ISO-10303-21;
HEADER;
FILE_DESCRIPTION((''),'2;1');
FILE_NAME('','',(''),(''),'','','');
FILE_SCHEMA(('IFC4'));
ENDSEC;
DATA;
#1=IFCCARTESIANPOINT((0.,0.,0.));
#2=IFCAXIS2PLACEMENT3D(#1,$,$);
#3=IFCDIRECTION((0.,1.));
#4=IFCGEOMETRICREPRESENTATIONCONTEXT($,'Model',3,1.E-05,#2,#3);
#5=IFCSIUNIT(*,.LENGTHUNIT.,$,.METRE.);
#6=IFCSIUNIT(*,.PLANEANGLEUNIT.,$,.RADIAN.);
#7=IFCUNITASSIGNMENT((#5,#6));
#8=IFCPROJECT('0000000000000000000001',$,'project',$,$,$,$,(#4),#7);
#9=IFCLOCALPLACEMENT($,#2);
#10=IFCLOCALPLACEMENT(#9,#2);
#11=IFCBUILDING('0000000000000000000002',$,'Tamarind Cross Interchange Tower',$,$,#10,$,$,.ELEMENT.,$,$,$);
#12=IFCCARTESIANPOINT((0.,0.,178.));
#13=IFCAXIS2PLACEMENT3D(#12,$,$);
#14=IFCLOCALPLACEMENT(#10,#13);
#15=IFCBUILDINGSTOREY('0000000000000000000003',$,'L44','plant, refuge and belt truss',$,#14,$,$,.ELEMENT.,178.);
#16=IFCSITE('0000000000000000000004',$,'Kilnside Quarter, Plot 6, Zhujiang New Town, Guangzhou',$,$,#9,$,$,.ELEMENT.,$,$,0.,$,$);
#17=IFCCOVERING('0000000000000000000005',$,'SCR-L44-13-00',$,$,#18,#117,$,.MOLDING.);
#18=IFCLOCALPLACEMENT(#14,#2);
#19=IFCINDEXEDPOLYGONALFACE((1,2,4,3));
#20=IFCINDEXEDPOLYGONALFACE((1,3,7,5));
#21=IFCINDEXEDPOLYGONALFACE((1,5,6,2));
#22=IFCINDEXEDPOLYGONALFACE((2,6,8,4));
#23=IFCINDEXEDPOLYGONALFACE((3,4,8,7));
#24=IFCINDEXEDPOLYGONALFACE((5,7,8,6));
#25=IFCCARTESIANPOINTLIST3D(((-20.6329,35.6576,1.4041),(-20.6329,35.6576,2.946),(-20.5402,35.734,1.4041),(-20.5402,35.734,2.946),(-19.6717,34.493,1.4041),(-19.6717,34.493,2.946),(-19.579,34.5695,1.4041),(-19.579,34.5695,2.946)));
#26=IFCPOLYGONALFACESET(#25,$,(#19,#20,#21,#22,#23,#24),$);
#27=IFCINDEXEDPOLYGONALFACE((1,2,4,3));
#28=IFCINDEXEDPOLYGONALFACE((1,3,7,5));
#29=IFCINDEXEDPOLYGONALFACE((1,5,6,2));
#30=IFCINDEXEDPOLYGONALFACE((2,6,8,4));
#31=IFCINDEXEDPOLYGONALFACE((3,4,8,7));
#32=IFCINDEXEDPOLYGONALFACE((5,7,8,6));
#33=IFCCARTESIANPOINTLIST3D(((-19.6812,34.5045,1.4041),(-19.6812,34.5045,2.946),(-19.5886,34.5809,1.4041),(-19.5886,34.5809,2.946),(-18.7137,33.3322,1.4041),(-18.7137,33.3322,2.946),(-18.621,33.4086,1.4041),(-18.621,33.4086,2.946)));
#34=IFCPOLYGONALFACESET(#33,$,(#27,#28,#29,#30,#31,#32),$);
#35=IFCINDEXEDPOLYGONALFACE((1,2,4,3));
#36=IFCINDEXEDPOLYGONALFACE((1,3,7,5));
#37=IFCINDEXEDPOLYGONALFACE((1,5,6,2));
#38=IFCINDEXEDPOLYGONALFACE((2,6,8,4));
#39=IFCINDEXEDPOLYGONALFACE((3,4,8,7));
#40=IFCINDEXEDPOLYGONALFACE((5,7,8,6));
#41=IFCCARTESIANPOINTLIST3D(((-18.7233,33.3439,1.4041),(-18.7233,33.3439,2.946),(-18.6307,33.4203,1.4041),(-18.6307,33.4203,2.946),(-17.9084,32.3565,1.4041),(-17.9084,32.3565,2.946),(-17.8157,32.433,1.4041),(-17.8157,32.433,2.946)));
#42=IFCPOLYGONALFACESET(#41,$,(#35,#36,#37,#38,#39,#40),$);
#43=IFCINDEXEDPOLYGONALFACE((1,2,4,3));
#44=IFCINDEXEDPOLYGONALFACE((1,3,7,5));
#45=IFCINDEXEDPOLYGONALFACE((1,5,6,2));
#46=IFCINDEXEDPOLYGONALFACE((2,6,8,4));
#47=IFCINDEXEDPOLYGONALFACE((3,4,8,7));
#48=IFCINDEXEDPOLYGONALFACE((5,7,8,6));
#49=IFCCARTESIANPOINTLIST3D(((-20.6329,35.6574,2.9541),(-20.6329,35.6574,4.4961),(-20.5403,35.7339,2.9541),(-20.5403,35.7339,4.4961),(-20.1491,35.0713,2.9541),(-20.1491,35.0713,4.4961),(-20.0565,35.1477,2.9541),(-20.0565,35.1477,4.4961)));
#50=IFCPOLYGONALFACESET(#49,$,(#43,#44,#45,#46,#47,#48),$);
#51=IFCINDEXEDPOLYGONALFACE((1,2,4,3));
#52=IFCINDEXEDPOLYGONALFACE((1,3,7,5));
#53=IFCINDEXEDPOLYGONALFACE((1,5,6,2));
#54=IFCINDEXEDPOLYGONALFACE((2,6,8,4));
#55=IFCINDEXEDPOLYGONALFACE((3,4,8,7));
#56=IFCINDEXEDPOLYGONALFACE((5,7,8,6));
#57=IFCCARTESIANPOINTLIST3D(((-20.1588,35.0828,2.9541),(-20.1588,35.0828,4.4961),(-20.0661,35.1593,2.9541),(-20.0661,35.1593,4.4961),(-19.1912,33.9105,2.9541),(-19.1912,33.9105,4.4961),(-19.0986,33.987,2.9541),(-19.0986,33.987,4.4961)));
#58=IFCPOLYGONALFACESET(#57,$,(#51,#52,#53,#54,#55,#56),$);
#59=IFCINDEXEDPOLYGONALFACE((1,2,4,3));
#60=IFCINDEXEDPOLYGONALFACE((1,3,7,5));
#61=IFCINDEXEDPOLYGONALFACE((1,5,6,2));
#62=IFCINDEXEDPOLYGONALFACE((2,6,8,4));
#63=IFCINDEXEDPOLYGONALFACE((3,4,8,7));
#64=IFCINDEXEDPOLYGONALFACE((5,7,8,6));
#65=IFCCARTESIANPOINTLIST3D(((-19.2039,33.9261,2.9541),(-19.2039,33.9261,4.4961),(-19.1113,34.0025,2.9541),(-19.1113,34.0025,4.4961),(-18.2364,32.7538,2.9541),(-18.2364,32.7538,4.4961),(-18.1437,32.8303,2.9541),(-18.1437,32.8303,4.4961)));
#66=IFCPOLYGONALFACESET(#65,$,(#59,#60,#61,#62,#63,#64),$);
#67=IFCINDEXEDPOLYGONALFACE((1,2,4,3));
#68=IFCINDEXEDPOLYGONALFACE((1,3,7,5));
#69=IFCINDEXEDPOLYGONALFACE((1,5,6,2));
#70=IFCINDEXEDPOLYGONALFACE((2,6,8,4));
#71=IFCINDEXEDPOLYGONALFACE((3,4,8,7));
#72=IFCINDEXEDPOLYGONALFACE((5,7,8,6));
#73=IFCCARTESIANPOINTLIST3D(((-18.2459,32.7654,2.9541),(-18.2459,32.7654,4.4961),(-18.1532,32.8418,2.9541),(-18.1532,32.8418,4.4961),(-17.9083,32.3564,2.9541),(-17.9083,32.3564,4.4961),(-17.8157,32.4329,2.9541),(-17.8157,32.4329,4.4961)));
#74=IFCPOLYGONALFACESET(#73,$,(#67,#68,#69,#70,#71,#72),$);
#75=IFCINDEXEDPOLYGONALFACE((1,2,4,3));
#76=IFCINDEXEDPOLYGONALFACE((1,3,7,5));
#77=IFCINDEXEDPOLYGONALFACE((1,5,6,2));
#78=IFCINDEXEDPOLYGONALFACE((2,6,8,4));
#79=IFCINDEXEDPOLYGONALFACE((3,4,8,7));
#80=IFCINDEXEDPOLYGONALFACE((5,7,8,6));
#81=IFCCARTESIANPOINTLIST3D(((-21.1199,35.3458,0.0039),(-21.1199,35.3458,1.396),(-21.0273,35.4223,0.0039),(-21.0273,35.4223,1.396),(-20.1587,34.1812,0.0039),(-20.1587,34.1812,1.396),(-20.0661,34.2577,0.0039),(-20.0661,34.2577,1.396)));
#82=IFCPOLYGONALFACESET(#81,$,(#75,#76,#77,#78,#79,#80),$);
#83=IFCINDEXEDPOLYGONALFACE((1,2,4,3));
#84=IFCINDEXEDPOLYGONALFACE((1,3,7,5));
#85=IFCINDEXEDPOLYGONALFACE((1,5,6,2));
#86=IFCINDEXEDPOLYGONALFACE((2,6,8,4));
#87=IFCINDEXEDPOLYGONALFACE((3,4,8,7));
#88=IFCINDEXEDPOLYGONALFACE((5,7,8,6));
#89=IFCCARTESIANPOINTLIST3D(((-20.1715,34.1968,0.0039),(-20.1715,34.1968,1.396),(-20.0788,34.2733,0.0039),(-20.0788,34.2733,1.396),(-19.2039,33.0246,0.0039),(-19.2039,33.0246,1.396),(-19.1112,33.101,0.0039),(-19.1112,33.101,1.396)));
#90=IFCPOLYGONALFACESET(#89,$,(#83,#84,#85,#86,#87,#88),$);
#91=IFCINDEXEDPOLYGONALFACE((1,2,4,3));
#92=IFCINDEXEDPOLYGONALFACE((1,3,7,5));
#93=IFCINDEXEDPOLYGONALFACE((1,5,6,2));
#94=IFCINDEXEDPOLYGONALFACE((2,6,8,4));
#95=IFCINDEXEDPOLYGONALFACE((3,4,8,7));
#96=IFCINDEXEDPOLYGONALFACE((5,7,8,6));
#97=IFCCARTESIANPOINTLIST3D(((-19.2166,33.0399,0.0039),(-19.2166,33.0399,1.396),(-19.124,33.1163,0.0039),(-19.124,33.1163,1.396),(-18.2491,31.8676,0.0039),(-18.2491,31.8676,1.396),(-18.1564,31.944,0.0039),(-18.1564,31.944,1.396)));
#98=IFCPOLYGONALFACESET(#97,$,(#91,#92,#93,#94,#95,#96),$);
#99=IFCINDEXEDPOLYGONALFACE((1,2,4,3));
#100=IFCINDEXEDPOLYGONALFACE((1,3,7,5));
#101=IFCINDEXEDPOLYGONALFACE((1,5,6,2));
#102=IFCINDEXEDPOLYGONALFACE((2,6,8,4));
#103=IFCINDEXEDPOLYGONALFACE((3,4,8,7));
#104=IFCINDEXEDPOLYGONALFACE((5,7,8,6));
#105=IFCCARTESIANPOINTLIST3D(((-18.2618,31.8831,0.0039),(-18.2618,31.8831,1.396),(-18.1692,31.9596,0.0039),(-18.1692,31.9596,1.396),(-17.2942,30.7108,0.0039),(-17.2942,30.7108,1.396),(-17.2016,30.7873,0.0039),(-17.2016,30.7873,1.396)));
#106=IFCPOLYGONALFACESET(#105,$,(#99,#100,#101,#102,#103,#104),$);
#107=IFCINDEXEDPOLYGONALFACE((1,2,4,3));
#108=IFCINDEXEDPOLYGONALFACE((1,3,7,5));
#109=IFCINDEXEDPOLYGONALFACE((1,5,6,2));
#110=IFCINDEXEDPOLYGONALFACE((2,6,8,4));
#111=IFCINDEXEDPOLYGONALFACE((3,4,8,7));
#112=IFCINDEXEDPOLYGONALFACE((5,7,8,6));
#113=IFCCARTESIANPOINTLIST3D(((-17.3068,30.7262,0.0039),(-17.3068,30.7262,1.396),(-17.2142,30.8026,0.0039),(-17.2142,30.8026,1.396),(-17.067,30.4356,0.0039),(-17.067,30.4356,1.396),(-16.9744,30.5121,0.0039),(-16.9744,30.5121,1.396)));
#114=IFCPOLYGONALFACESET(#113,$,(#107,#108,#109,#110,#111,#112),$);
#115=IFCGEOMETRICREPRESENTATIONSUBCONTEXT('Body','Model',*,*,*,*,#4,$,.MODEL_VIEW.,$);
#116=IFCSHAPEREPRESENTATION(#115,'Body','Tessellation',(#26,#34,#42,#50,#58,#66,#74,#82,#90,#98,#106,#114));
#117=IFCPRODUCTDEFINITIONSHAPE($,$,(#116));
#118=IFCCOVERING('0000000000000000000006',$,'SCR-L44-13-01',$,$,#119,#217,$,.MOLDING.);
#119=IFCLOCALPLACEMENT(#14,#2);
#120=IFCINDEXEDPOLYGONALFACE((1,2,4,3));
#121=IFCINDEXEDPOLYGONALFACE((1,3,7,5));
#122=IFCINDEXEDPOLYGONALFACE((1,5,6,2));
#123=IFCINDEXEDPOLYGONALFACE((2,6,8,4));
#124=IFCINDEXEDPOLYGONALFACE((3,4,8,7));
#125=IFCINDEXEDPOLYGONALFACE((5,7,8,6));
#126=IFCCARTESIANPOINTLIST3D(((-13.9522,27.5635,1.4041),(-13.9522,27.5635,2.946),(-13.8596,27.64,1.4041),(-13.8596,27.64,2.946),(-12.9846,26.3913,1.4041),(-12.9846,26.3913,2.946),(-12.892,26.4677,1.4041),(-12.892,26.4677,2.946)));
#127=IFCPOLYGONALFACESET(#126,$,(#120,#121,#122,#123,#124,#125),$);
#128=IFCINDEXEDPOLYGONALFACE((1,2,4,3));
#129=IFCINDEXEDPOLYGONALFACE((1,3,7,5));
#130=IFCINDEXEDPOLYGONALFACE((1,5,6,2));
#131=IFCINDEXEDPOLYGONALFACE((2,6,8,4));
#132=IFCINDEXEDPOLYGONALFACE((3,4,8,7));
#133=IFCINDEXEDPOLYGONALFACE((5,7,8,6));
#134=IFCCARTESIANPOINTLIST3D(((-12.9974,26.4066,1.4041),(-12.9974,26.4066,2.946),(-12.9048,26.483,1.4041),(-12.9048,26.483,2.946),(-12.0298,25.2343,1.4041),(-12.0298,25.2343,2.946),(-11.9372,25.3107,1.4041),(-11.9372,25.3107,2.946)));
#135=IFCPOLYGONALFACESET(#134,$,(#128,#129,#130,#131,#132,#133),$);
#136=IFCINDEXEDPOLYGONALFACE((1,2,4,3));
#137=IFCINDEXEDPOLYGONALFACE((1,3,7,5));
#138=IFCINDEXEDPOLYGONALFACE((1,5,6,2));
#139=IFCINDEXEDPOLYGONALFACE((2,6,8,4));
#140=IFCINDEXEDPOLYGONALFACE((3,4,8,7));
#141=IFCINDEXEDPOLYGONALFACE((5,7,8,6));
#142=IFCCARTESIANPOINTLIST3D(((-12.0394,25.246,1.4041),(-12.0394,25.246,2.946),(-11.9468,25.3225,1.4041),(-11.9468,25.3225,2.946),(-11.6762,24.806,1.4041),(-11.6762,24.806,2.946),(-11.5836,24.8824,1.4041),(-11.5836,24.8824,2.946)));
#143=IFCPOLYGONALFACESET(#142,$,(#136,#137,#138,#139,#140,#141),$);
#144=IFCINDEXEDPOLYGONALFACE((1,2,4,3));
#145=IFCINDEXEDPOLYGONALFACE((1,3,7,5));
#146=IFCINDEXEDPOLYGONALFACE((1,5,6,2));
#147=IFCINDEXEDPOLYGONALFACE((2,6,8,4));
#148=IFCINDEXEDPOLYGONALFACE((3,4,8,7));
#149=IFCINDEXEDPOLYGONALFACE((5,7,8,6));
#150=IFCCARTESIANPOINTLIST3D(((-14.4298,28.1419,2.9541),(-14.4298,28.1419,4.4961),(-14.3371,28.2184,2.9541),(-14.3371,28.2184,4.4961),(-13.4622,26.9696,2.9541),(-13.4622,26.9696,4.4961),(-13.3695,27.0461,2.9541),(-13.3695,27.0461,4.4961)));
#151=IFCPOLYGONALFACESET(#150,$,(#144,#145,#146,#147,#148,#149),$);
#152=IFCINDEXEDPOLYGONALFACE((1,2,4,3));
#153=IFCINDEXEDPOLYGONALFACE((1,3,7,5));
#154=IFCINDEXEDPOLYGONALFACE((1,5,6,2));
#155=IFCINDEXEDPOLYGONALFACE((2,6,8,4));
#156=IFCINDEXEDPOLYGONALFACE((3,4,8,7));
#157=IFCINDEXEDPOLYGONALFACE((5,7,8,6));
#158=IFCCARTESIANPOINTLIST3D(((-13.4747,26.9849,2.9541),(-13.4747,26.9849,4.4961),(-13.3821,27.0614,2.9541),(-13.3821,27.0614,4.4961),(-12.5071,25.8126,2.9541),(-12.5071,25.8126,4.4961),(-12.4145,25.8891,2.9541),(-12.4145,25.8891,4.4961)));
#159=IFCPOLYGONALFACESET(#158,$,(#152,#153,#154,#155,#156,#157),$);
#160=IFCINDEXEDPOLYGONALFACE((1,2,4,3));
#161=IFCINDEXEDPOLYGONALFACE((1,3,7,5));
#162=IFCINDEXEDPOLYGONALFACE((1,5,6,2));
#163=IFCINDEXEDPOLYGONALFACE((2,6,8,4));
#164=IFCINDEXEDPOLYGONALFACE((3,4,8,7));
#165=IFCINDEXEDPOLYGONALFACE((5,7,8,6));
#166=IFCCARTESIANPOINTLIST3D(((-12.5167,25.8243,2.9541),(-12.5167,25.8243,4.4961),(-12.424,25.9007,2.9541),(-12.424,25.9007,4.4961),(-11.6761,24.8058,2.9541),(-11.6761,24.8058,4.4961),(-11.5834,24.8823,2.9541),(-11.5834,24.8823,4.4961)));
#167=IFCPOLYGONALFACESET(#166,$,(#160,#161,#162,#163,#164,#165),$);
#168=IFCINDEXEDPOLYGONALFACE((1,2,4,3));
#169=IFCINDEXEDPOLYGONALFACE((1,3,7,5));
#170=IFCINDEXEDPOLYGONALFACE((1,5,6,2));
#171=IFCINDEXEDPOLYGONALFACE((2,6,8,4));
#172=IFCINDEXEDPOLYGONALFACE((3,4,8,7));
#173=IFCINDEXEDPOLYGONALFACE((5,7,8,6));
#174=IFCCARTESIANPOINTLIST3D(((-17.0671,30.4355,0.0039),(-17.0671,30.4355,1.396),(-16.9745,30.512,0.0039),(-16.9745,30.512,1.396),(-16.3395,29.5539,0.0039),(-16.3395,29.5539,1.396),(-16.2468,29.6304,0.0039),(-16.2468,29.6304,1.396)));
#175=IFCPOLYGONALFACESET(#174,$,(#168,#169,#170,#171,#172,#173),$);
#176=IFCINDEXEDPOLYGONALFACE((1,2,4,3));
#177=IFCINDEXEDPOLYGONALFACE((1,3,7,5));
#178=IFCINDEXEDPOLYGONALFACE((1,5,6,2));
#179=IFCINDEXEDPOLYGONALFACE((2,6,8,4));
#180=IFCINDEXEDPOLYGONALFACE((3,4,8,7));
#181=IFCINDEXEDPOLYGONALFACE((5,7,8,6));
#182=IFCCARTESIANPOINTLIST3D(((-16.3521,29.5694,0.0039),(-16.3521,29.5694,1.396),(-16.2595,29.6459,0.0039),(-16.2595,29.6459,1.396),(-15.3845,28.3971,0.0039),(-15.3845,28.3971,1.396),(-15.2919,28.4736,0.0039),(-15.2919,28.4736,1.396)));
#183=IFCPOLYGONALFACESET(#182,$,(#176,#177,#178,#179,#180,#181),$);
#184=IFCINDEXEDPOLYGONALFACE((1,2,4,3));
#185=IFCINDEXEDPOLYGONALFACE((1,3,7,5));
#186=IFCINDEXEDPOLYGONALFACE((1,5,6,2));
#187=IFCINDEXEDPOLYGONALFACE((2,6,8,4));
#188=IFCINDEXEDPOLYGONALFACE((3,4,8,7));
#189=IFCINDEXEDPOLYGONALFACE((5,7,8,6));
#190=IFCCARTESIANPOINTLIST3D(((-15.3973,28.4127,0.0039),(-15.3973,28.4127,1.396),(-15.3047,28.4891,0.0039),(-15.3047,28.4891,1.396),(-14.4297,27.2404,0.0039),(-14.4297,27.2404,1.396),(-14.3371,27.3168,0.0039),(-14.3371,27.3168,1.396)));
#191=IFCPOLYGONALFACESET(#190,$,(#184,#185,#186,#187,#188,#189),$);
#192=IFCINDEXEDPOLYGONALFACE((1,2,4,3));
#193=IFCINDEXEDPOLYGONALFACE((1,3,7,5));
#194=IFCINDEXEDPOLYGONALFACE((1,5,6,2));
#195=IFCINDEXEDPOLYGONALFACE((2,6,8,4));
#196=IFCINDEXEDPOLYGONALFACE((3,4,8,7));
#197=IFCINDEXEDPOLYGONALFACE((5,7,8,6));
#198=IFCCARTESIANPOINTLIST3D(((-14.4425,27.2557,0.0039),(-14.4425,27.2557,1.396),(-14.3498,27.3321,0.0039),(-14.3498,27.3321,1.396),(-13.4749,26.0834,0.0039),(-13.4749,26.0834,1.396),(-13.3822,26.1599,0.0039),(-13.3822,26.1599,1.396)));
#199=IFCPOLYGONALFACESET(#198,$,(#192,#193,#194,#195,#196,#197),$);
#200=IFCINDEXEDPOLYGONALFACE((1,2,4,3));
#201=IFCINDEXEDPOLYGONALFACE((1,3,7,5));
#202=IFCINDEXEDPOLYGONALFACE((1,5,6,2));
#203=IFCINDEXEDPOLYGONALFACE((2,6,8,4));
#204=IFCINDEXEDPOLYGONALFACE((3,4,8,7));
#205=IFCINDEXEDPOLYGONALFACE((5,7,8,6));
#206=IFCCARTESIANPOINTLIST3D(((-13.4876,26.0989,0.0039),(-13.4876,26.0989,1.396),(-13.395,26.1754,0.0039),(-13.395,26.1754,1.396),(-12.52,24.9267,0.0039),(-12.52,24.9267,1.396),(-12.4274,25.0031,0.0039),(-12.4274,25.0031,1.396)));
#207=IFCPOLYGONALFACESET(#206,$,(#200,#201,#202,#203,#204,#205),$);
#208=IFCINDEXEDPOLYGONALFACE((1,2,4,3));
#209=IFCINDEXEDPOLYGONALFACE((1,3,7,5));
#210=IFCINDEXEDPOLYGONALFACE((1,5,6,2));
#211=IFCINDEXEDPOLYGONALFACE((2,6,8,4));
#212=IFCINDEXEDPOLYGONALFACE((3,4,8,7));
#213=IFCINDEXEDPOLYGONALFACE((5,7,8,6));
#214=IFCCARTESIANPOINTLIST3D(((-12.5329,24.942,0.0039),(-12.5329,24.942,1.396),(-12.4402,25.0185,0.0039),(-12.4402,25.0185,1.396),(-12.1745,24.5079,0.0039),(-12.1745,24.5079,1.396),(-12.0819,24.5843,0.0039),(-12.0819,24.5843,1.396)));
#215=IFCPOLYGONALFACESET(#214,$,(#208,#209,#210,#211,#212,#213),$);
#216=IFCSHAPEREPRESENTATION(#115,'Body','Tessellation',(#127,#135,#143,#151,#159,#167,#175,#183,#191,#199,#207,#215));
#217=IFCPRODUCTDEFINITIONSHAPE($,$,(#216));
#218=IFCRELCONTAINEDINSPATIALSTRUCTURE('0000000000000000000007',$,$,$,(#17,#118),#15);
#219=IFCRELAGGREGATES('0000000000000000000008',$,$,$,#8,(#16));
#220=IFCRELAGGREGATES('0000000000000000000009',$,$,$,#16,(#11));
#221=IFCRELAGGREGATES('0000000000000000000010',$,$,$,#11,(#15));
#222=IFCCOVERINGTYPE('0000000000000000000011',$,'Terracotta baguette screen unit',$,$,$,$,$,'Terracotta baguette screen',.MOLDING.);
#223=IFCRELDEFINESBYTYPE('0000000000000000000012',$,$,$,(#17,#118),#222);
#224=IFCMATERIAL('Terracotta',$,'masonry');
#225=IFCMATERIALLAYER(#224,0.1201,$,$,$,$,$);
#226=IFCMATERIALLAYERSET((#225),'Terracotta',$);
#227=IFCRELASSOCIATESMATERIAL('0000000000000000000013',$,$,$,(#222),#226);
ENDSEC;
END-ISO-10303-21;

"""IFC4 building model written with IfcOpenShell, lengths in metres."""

from ifc_helpers import new_model, si_unit, direction, frame, origin, origin_2d, place, context, subcontext, project, spatial, rectangle, extrude, material, layer, layer_set, type_object, element, save


model = new_model("IFC4")

# Units and contexts
model_context = context("Model", 3, precision=1e-05, world=origin(), true_north=direction((0.0, 1.0)))
body_context = subcontext(model_context, "Body", "Model", "MODEL_VIEW")
ifc_project = project(units=[si_unit("LENGTHUNIT", "METRE"), si_unit("PLANEANGLEUNIT", "RADIAN")], contexts=[model_context])

# Site, building, storey
site_placement = place(None, origin())
site = spatial("IfcSite", under=ifc_project, at=site_placement, Name="Kilnside Quarter, Plot 6, Zhujiang New Town, Guangzhou", CompositionType="ELEMENT", RefElevation=0.0)
building_placement = place(site_placement, origin())
building = spatial("IfcBuilding", under=site, at=building_placement, Name="Tamarind Cross Interchange Tower", CompositionType="ELEMENT")
storey_placement = place(building_placement, frame((0.0, 0.0, 178.0)))
storey = spatial("IfcBuildingStorey", under=building, at=storey_placement, Name="L44", Description="plant, refuge and belt truss", CompositionType="ELEMENT", Elevation=178.0)

# Coverings
ifc_material_1 = material(Name="Terracotta", Category="masonry")
ifc_layer_1 = layer(ifc_material_1, 0.1201)
ifc_layer_set_1 = layer_set([ifc_layer_1], Name="Terracotta")
covering_type = type_object("IfcCoveringType", Name="Terracotta baguette screen unit", ElementType="Terracotta baguette screen", PredefinedType="MOLDING", material=ifc_layer_set_1)
covering_1_placement = place(storey_placement, origin())
element("IfcCovering", 1, at=covering_1_placement, inside=storey, type_object=covering_type, Name="SCR-L44-13-00", PredefinedType="MOLDING", context=body_context, shape_type="SweptSolid", body=[
    extrude(rectangle(XDim=1.51, YDim=0.1201, at=origin_2d()), frame((-20.106, 35.1135, 1.4041), z_axis=(0.0, 0.0, 1.0), x_axis=(0.63656, -0.771227, 0.0)), (0.0, 0.0, 1.0), 1.542),
    extrude(rectangle(XDim=1.52, YDim=0.1201, at=origin_2d()), frame((-19.1511, 33.9565, 1.4041), z_axis=(0.0, 0.0, 1.0), x_axis=(0.63656, -0.771227, 0.0)), (0.0, 0.0, 1.0), 1.542),
    extrude(rectangle(XDim=1.2803, YDim=0.1201, at=origin_2d()), frame((-18.2695, 32.8884, 1.4041), z_axis=(0.0, 0.0, 1.0), x_axis=(0.63656, -0.771227, 0.0)), (0.0, 0.0, 1.0), 1.542),
    extrude(rectangle(XDim=0.76, YDim=0.1201, at=origin_2d()), frame((-20.3447, 35.4026, 2.9541), z_axis=(0.0, 0.0, 1.0), x_axis=(0.63656, -0.771227, 0.0)), (0.0, 0.0, 1.0), 1.542),
    extrude(rectangle(XDim=1.52, YDim=0.1201, at=origin_2d()), frame((-19.6287, 34.5349, 2.9541), z_axis=(0.0, 0.0, 1.0), x_axis=(0.63656, -0.771227, 0.0)), (0.0, 0.0, 1.0), 1.542),
    extrude(rectangle(XDim=1.52, YDim=0.1201, at=origin_2d()), frame((-18.6738, 33.3782, 2.9541), z_axis=(0.0, 0.0, 1.0), x_axis=(0.63656, -0.771227, 0.0)), (0.0, 0.0, 1.0), 1.542),
    extrude(rectangle(XDim=0.5303, YDim=0.1201, at=origin_2d()), frame((-18.0308, 32.5991, 2.9541), z_axis=(0.0, 0.0, 1.0), x_axis=(0.63656, -0.771227, 0.0)), (0.0, 0.0, 1.0), 1.542),
    extrude(rectangle(XDim=1.51, YDim=0.1201, at=origin_2d()), frame((-20.593, 34.8018, 0.0039), z_axis=(0.0, 0.0, 1.0), x_axis=(0.63656, -0.771227, 0.0)), (0.0, 0.0, 1.0), 1.3921),
    extrude(rectangle(XDim=1.52, YDim=0.1201, at=origin_2d()), frame((-19.6414, 33.6489, 0.0039), z_axis=(0.0, 0.0, 1.0), x_axis=(0.63656, -0.771227, 0.0)), (0.0, 0.0, 1.0), 1.3921),
    extrude(rectangle(XDim=1.52, YDim=0.1201, at=origin_2d()), frame((-18.6865, 32.4919, 0.0039), z_axis=(0.0, 0.0, 1.0), x_axis=(0.63656, -0.771227, 0.0)), (0.0, 0.0, 1.0), 1.3921),
    extrude(rectangle(XDim=1.52, YDim=0.1201, at=origin_2d()), frame((-17.7317, 31.3352, 0.0039), z_axis=(0.0, 0.0, 1.0), x_axis=(0.63656, -0.771227, 0.0)), (0.0, 0.0, 1.0), 1.3921),
    extrude(rectangle(XDim=0.3767, YDim=0.1201, at=origin_2d()), frame((-17.1406, 30.6191, 0.0039), z_axis=(0.0, 0.0, 1.0), x_axis=(0.63656, -0.771227, 0.0)), (0.0, 0.0, 1.0), 1.3921),
])
covering_2_placement = place(storey_placement, origin())
element("IfcCovering", 2, at=covering_2_placement, inside=storey, type_object=covering_type, Name="SCR-L44-13-01", PredefinedType="MOLDING", context=body_context, shape_type="SweptSolid", body=[
    extrude(rectangle(XDim=1.52, YDim=0.1201, at=origin_2d()), frame((-13.4221, 27.0156, 1.4041), z_axis=(0.0, 0.0, 1.0), x_axis=(0.63656, -0.771227, 0.0)), (0.0, 0.0, 1.0), 1.542),
    extrude(rectangle(XDim=1.52, YDim=0.1201, at=origin_2d()), frame((-12.4673, 25.8586, 1.4041), z_axis=(0.0, 0.0, 1.0), x_axis=(0.63656, -0.771227, 0.0)), (0.0, 0.0, 1.0), 1.542),
    extrude(rectangle(XDim=0.5706, YDim=0.1201, at=origin_2d()), frame((-11.8115, 25.0642, 1.4041), z_axis=(0.0, 0.0, 1.0), x_axis=(0.63656, -0.771227, 0.0)), (0.0, 0.0, 1.0), 1.542),
    extrude(rectangle(XDim=1.52, YDim=0.1201, at=origin_2d()), frame((-13.8997, 27.594, 2.9541), z_axis=(0.0, 0.0, 1.0), x_axis=(0.63656, -0.771227, 0.0)), (0.0, 0.0, 1.0), 1.542),
    extrude(rectangle(XDim=1.52, YDim=0.1201, at=origin_2d()), frame((-12.9446, 26.437, 2.9541), z_axis=(0.0, 0.0, 1.0), x_axis=(0.63656, -0.771227, 0.0)), (0.0, 0.0, 1.0), 1.542),
    extrude(rectangle(XDim=1.3206, YDim=0.1201, at=origin_2d()), frame((-12.05, 25.3533, 2.9541), z_axis=(0.0, 0.0, 1.0), x_axis=(0.63656, -0.771227, 0.0)), (0.0, 0.0, 1.0), 1.542),
    extrude(rectangle(XDim=1.1431, YDim=0.1201, at=origin_2d()), frame((-16.657, 30.033, 0.0039), z_axis=(0.0, 0.0, 1.0), x_axis=(0.63656, -0.771227, 0.0)), (0.0, 0.0, 1.0), 1.3921),
    extrude(rectangle(XDim=1.52, YDim=0.1201, at=origin_2d()), frame((-15.822, 29.0215, 0.0039), z_axis=(0.0, 0.0, 1.0), x_axis=(0.63656, -0.771227, 0.0)), (0.0, 0.0, 1.0), 1.3921),
    extrude(rectangle(XDim=1.52, YDim=0.1201, at=origin_2d()), frame((-14.8672, 27.8647, 0.0039), z_axis=(0.0, 0.0, 1.0), x_axis=(0.63656, -0.771227, 0.0)), (0.0, 0.0, 1.0), 1.3921),
    extrude(rectangle(XDim=1.52, YDim=0.1201, at=origin_2d()), frame((-13.9124, 26.7078, 0.0039), z_axis=(0.0, 0.0, 1.0), x_axis=(0.63656, -0.771227, 0.0)), (0.0, 0.0, 1.0), 1.3921),
    extrude(rectangle(XDim=1.52, YDim=0.1201, at=origin_2d()), frame((-12.9575, 25.551, 0.0039), z_axis=(0.0, 0.0, 1.0), x_axis=(0.63656, -0.771227, 0.0)), (0.0, 0.0, 1.0), 1.3921),
    extrude(rectangle(XDim=0.563, YDim=0.1201, at=origin_2d()), frame((-12.3074, 24.7632, 0.0039), z_axis=(0.0, 0.0, 1.0), x_axis=(0.63656, -0.771227, 0.0)), (0.0, 0.0, 1.0), 1.3921),
])

save(model, "model.ifc")
